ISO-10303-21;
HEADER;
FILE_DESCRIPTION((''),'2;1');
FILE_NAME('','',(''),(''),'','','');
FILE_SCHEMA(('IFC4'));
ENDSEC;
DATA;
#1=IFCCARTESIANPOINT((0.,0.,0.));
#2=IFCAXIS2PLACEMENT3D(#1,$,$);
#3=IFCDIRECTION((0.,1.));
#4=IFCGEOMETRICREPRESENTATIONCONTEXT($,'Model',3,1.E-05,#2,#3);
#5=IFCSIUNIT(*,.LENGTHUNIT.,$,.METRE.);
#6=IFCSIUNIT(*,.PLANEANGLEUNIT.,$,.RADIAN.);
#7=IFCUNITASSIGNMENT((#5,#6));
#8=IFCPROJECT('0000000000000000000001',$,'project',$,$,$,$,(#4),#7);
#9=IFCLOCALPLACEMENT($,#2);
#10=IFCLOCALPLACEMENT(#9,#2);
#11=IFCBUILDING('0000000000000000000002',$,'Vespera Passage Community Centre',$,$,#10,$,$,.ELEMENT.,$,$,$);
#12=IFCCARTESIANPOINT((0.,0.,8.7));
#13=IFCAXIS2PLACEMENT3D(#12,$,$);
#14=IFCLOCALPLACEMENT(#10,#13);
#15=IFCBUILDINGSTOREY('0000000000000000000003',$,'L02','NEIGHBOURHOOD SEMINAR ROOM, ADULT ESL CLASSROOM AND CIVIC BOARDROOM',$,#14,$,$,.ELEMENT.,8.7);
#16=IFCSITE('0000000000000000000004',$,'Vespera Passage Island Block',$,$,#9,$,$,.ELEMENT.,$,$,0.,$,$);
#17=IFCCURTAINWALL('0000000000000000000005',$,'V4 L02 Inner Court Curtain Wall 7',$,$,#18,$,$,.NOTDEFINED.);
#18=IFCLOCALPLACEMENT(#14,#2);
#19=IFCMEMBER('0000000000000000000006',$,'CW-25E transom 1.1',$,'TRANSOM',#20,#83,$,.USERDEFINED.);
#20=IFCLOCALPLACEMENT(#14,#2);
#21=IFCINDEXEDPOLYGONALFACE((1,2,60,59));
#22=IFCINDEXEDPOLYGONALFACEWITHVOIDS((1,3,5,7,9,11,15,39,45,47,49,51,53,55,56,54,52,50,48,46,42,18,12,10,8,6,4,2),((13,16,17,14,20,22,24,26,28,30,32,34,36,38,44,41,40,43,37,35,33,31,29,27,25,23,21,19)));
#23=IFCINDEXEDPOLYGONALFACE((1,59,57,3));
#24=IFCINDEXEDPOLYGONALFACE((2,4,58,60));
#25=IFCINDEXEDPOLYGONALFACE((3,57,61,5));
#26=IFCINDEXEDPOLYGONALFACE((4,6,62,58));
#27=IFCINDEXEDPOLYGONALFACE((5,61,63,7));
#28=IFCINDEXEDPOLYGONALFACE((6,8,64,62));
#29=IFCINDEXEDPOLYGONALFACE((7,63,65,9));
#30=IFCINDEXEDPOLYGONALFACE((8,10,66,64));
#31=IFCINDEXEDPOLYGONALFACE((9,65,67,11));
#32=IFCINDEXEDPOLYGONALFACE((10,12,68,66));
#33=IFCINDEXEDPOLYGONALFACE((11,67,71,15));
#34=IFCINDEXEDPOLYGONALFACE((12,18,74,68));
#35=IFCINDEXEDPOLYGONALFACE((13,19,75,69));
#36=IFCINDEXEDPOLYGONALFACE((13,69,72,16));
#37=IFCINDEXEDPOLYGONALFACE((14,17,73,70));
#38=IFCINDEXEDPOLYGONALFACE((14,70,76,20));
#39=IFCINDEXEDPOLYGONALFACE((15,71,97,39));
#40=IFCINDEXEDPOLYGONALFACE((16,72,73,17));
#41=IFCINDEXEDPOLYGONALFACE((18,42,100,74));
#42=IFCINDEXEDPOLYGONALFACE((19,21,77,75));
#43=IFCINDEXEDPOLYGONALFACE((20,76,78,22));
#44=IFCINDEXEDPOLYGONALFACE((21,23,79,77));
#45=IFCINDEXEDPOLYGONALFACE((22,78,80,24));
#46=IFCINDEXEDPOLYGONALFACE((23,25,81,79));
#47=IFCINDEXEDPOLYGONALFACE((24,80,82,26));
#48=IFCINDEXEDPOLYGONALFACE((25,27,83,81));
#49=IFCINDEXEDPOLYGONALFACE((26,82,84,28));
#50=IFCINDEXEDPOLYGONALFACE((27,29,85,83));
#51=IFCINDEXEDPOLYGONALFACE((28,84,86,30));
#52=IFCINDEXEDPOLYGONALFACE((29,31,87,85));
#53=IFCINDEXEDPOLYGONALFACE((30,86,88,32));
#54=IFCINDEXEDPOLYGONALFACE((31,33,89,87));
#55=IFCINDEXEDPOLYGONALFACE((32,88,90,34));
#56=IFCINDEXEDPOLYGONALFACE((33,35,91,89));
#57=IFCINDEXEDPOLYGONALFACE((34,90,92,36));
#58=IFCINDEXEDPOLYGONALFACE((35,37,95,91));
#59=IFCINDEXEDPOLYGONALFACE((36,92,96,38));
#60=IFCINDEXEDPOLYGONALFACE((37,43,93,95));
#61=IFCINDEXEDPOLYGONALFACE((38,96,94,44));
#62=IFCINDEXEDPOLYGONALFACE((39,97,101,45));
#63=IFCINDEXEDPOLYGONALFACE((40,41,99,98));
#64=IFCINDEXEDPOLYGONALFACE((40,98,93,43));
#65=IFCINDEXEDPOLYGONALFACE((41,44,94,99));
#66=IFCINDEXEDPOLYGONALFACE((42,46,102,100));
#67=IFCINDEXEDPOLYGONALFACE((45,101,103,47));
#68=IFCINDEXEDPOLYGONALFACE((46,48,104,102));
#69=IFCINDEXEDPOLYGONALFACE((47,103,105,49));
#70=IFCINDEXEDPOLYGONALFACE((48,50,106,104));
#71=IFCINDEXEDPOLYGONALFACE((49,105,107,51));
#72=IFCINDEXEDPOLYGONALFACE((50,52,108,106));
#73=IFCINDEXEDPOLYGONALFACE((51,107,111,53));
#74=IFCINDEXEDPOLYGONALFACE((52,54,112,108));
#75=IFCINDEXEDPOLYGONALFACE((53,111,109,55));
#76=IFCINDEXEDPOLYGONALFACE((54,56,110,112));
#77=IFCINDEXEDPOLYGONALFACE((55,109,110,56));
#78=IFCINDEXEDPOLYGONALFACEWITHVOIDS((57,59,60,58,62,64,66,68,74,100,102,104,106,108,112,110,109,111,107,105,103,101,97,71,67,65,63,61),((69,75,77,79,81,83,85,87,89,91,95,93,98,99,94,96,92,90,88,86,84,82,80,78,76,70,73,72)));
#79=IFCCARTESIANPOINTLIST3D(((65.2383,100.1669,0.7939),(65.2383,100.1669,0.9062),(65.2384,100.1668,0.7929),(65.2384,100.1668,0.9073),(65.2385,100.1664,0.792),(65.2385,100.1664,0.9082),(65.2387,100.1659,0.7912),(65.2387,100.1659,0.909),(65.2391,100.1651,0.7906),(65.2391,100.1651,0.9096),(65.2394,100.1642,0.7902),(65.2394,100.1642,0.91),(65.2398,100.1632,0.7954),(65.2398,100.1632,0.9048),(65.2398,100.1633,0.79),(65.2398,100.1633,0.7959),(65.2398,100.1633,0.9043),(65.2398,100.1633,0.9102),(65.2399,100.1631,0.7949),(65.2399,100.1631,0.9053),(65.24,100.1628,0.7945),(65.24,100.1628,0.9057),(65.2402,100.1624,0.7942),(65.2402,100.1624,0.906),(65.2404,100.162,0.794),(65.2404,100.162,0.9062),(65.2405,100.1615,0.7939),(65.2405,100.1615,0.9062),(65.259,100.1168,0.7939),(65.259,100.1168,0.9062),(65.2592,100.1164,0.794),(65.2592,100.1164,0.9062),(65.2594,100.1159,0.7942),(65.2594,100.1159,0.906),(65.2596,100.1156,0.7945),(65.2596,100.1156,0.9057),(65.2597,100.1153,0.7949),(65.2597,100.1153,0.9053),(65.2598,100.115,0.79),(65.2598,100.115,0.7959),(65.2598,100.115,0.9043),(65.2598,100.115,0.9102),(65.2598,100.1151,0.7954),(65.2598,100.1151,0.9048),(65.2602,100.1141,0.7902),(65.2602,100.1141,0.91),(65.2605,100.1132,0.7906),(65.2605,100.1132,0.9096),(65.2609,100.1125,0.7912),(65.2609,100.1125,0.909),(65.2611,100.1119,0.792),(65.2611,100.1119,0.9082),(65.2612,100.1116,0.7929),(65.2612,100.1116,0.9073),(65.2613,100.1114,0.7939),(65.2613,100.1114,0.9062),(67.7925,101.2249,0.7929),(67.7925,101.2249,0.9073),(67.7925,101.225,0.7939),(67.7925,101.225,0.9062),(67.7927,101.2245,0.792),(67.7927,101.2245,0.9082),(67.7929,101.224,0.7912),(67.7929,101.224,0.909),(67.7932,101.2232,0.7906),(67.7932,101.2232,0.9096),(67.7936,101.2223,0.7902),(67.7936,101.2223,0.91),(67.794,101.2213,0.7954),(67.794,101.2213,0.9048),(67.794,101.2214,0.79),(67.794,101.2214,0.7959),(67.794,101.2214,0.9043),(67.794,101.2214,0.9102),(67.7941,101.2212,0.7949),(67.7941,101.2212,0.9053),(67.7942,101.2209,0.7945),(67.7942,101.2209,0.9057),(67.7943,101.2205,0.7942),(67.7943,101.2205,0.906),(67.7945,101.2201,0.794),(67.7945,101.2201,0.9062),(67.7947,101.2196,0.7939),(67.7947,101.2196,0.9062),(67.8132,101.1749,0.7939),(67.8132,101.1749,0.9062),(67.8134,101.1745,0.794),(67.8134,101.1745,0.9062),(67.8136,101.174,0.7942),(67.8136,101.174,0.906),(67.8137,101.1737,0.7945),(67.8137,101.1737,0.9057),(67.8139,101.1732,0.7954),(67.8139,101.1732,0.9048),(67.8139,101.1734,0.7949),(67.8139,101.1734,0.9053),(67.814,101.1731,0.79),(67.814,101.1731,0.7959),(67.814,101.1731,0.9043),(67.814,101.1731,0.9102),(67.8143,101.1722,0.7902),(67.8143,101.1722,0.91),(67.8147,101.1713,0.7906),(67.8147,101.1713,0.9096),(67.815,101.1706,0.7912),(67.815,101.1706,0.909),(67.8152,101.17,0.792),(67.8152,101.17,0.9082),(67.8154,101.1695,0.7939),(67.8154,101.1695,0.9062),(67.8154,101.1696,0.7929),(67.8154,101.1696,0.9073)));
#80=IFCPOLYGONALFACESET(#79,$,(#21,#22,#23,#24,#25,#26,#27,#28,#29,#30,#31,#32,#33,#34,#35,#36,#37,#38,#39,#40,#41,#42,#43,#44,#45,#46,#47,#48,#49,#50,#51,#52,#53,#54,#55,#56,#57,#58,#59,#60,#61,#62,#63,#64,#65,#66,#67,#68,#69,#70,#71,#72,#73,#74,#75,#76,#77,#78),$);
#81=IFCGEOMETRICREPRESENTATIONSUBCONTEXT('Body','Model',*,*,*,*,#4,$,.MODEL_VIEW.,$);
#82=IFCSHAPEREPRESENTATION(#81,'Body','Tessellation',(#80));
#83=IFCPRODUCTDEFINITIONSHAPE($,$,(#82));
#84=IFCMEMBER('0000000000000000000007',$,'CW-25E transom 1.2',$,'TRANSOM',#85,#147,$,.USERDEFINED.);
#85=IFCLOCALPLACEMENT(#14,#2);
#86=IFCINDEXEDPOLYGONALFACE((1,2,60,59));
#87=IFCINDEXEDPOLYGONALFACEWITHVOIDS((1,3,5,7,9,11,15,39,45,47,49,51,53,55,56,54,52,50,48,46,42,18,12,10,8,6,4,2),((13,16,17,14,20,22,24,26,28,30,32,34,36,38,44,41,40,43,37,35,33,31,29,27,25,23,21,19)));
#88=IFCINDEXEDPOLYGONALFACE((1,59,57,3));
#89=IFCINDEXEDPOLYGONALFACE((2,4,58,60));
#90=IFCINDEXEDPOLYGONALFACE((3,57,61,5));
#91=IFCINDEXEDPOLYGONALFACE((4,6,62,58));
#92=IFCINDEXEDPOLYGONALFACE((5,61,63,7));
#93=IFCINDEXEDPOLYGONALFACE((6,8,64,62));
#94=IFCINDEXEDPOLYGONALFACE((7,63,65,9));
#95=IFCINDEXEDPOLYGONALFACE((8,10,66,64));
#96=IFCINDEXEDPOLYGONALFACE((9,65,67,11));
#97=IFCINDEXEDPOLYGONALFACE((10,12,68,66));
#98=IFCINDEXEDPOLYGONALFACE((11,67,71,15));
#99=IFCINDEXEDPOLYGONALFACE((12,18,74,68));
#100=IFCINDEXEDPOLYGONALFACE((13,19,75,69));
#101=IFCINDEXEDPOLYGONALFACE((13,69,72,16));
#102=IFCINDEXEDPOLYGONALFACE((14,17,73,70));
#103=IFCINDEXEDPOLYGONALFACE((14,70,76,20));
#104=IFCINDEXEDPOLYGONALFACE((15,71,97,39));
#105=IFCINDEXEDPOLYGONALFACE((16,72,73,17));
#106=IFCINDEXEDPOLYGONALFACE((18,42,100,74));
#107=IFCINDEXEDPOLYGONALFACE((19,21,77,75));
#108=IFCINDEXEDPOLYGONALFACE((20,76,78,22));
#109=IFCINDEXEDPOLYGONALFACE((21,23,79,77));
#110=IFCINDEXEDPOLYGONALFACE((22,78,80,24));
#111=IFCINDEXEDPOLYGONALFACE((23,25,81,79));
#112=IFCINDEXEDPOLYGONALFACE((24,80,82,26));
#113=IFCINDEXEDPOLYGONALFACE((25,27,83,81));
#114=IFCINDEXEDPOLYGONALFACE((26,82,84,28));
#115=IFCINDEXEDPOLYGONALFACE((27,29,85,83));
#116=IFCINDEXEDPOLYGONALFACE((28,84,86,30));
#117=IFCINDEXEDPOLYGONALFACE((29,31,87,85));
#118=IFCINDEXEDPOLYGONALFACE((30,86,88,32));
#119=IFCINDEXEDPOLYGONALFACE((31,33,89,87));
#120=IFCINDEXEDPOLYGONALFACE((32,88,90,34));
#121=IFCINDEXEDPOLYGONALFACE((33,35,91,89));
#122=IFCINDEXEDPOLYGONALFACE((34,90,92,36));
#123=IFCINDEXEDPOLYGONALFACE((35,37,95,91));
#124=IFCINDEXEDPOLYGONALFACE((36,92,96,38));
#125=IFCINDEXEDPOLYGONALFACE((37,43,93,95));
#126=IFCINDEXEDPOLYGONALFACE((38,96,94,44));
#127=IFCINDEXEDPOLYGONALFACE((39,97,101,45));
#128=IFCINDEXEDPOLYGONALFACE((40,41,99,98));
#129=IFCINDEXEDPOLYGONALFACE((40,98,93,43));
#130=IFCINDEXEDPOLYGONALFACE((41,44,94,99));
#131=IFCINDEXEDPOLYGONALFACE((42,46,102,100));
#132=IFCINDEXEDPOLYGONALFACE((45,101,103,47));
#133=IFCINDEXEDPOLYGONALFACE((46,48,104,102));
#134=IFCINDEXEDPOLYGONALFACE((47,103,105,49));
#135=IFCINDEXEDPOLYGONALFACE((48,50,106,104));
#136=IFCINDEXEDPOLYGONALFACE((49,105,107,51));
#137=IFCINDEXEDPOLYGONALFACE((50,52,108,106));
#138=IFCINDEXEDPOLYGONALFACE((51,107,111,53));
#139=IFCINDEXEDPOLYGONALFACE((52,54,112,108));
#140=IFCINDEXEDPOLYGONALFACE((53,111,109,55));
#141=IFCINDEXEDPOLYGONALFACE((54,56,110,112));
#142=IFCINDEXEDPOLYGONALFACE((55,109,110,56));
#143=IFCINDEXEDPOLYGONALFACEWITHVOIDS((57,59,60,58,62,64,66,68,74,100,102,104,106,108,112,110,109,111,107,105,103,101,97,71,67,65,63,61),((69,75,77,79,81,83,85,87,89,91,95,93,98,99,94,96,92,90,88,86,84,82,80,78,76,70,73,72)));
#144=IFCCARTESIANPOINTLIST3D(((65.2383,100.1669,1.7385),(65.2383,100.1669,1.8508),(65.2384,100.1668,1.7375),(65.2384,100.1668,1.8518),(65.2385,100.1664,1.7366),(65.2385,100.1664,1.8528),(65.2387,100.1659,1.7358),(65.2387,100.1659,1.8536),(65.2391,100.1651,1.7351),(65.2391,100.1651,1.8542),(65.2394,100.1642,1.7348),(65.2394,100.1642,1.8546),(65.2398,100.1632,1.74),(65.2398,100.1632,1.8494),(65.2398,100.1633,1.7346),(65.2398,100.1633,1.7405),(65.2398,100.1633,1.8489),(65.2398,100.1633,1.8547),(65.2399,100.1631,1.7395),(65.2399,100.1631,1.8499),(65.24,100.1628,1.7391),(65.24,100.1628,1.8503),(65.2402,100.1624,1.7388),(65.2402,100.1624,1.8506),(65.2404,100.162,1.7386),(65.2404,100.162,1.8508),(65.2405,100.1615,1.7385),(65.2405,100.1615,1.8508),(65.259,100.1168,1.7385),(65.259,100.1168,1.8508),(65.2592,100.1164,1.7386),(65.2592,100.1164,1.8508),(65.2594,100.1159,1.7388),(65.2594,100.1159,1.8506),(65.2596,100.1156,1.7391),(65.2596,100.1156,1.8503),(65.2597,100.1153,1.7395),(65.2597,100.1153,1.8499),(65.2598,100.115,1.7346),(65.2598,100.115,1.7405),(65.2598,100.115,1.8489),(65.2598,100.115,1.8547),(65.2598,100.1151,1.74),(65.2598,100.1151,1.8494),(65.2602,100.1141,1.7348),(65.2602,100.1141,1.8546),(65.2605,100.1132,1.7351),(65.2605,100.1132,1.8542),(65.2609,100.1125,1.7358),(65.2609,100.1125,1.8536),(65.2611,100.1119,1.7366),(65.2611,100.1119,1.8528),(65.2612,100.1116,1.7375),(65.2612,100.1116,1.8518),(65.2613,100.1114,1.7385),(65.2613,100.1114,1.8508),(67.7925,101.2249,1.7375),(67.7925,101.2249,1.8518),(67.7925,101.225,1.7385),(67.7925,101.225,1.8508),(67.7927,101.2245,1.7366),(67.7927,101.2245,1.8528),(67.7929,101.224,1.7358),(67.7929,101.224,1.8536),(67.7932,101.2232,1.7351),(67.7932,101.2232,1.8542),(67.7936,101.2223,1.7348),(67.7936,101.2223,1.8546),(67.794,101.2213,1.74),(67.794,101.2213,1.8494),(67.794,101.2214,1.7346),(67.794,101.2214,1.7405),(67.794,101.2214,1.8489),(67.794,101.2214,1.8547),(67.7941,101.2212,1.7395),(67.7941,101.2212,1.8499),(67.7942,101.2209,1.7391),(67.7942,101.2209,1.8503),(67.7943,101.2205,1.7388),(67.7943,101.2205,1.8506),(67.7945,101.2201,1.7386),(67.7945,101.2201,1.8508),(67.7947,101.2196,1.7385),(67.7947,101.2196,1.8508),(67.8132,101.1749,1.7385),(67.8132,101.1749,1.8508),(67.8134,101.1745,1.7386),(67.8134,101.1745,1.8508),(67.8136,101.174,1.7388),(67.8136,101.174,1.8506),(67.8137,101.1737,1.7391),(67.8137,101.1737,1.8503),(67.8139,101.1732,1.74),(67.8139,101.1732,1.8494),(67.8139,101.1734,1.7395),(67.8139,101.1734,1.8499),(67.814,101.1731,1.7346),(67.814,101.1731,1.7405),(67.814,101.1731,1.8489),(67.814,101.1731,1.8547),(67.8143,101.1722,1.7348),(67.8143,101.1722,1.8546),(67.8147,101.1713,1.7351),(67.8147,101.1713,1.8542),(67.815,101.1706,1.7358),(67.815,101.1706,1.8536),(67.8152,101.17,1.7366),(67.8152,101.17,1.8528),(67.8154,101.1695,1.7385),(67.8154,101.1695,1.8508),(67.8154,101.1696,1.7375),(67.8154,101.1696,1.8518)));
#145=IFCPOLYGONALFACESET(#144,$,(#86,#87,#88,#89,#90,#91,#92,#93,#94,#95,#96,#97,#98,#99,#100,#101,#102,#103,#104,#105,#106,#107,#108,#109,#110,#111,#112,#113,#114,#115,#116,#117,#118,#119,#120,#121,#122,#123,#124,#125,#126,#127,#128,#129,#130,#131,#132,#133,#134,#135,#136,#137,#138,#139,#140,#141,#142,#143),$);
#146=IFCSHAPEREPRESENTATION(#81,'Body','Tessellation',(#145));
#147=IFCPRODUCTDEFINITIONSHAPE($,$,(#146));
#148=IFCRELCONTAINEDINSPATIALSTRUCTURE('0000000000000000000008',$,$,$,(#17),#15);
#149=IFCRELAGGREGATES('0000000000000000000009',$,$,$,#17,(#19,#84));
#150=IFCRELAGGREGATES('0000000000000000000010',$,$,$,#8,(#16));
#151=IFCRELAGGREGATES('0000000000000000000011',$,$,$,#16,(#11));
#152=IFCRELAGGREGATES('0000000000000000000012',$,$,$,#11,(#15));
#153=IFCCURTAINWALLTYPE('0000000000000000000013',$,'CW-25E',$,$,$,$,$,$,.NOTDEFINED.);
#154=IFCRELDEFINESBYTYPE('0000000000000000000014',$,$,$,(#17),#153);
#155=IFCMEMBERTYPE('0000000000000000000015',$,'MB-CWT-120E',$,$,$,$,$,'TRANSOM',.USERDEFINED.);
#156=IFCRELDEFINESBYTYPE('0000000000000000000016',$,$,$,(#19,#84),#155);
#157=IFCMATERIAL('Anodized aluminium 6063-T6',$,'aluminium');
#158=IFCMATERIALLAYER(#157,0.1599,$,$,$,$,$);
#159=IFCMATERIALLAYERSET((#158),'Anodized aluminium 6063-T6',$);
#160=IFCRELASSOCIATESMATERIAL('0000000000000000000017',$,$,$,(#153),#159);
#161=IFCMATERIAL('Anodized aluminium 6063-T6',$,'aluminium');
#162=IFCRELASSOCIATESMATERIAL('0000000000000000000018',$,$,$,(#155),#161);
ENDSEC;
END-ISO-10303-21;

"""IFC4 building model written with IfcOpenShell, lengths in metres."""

from ifc_helpers import new_model, si_unit, direction, frame, origin, origin_2d, place, context, subcontext, project, spatial, hollow_rectangle, extrude, material, layer, layer_set, material_profile, profile_set, type_object, element, aggregate, save


model = new_model("IFC4")

# Units and contexts
model_context = context("Model", 3, precision=1e-05, world=origin(), true_north=direction((0.0, 1.0)))
body_context = subcontext(model_context, "Body", "Model", "MODEL_VIEW")
ifc_project = project(units=[si_unit("LENGTHUNIT", "METRE"), si_unit("PLANEANGLEUNIT", "RADIAN")], contexts=[model_context])

# Site, building, storey
site_placement = place(None, origin())
site = spatial("IfcSite", under=ifc_project, at=site_placement, Name="Vespera Passage Island Block", CompositionType="ELEMENT", RefElevation=0.0)
building_placement = place(site_placement, origin())
building = spatial("IfcBuilding", under=site, at=building_placement, Name="Vespera Passage Community Centre", CompositionType="ELEMENT")
storey_placement = place(building_placement, frame((0.0, 0.0, 8.7)))
storey = spatial("IfcBuildingStorey", under=building, at=storey_placement, Name="L02", Description="NEIGHBOURHOOD SEMINAR ROOM, ADULT ESL CLASSROOM AND CIVIC BOARDROOM", CompositionType="ELEMENT", Elevation=8.7)

# Curtain wall
ifc_material_1 = material(Name="Anodized aluminium 6063-T6", Category="aluminium")
ifc_layer_1 = layer(ifc_material_1, 0.1599)
ifc_layer_set_1 = layer_set([ifc_layer_1], Name="Anodized aluminium 6063-T6")
curtain_wall_type_1 = type_object("IfcCurtainWallType", Name="CW-25E", PredefinedType="NOTDEFINED", material=ifc_layer_set_1)
curtain_wall_1_placement = place(storey_placement, origin())
curtain_wall_1 = element("IfcCurtainWall", 1, at=curtain_wall_1_placement, inside=storey, type_object=curtain_wall_type_1, Name="V4 L02 Inner Court Curtain Wall 7", PredefinedType="NOTDEFINED")

# Members
ifc_material_2 = material(Name="Anodized aluminium 6063-T6", Category="aluminium")
ifc_material_profile_1 = material_profile(ifc_material_2, hollow_rectangle(XDim=0.0601, YDim=0.1201, WallThickness=0.0039, InnerFilletRadius=0.002, OuterFilletRadius=0.0039, at=origin_2d()), Name="ALU120X60X4")
ifc_profile_set_1 = profile_set([ifc_material_profile_1], Name="Anodized aluminium 6063-T6")
member_type_1 = type_object("IfcMemberType", Name="MB-CWT-120E", ElementType="TRANSOM", PredefinedType="USERDEFINED", material=ifc_profile_set_1)
member_1_placement = place(storey_placement, frame((67.804, 101.1973, 0.8501), z_axis=(-0.923864, -0.382721, 0.0), x_axis=(0.382721, -0.923864, 0.0)))
member_1 = element("IfcMember", 2, at=member_1_placement, type_object=member_type_1, Name="CW-25E transom 1.1", ObjectType="TRANSOM", PredefinedType="USERDEFINED", context=body_context, shape_type="SweptSolid", body=[
    extrude(hollow_rectangle(XDim=0.0601, YDim=0.1201, WallThickness=0.0039, InnerFilletRadius=0.002, OuterFilletRadius=0.0039, at=origin_2d()), origin(), (0.0, 0.0, 1.0), 2.7646),
])
member_2_placement = place(storey_placement, frame((67.804, 101.1973, 1.7947), z_axis=(-0.923864, -0.382721, 0.0), x_axis=(0.382721, -0.923864, 0.0)))
member_2 = element("IfcMember", 3, at=member_2_placement, type_object=member_type_1, Name="CW-25E transom 1.2", ObjectType="TRANSOM", PredefinedType="USERDEFINED", context=body_context, shape_type="SweptSolid", body=[
    extrude(hollow_rectangle(XDim=0.0601, YDim=0.1201, WallThickness=0.0039, InnerFilletRadius=0.002, OuterFilletRadius=0.0039, at=origin_2d()), origin(), (0.0, 0.0, 1.0), 2.7646),
])

aggregate(curtain_wall_1, [member_1, member_2])

save(model, "model.ifc")
